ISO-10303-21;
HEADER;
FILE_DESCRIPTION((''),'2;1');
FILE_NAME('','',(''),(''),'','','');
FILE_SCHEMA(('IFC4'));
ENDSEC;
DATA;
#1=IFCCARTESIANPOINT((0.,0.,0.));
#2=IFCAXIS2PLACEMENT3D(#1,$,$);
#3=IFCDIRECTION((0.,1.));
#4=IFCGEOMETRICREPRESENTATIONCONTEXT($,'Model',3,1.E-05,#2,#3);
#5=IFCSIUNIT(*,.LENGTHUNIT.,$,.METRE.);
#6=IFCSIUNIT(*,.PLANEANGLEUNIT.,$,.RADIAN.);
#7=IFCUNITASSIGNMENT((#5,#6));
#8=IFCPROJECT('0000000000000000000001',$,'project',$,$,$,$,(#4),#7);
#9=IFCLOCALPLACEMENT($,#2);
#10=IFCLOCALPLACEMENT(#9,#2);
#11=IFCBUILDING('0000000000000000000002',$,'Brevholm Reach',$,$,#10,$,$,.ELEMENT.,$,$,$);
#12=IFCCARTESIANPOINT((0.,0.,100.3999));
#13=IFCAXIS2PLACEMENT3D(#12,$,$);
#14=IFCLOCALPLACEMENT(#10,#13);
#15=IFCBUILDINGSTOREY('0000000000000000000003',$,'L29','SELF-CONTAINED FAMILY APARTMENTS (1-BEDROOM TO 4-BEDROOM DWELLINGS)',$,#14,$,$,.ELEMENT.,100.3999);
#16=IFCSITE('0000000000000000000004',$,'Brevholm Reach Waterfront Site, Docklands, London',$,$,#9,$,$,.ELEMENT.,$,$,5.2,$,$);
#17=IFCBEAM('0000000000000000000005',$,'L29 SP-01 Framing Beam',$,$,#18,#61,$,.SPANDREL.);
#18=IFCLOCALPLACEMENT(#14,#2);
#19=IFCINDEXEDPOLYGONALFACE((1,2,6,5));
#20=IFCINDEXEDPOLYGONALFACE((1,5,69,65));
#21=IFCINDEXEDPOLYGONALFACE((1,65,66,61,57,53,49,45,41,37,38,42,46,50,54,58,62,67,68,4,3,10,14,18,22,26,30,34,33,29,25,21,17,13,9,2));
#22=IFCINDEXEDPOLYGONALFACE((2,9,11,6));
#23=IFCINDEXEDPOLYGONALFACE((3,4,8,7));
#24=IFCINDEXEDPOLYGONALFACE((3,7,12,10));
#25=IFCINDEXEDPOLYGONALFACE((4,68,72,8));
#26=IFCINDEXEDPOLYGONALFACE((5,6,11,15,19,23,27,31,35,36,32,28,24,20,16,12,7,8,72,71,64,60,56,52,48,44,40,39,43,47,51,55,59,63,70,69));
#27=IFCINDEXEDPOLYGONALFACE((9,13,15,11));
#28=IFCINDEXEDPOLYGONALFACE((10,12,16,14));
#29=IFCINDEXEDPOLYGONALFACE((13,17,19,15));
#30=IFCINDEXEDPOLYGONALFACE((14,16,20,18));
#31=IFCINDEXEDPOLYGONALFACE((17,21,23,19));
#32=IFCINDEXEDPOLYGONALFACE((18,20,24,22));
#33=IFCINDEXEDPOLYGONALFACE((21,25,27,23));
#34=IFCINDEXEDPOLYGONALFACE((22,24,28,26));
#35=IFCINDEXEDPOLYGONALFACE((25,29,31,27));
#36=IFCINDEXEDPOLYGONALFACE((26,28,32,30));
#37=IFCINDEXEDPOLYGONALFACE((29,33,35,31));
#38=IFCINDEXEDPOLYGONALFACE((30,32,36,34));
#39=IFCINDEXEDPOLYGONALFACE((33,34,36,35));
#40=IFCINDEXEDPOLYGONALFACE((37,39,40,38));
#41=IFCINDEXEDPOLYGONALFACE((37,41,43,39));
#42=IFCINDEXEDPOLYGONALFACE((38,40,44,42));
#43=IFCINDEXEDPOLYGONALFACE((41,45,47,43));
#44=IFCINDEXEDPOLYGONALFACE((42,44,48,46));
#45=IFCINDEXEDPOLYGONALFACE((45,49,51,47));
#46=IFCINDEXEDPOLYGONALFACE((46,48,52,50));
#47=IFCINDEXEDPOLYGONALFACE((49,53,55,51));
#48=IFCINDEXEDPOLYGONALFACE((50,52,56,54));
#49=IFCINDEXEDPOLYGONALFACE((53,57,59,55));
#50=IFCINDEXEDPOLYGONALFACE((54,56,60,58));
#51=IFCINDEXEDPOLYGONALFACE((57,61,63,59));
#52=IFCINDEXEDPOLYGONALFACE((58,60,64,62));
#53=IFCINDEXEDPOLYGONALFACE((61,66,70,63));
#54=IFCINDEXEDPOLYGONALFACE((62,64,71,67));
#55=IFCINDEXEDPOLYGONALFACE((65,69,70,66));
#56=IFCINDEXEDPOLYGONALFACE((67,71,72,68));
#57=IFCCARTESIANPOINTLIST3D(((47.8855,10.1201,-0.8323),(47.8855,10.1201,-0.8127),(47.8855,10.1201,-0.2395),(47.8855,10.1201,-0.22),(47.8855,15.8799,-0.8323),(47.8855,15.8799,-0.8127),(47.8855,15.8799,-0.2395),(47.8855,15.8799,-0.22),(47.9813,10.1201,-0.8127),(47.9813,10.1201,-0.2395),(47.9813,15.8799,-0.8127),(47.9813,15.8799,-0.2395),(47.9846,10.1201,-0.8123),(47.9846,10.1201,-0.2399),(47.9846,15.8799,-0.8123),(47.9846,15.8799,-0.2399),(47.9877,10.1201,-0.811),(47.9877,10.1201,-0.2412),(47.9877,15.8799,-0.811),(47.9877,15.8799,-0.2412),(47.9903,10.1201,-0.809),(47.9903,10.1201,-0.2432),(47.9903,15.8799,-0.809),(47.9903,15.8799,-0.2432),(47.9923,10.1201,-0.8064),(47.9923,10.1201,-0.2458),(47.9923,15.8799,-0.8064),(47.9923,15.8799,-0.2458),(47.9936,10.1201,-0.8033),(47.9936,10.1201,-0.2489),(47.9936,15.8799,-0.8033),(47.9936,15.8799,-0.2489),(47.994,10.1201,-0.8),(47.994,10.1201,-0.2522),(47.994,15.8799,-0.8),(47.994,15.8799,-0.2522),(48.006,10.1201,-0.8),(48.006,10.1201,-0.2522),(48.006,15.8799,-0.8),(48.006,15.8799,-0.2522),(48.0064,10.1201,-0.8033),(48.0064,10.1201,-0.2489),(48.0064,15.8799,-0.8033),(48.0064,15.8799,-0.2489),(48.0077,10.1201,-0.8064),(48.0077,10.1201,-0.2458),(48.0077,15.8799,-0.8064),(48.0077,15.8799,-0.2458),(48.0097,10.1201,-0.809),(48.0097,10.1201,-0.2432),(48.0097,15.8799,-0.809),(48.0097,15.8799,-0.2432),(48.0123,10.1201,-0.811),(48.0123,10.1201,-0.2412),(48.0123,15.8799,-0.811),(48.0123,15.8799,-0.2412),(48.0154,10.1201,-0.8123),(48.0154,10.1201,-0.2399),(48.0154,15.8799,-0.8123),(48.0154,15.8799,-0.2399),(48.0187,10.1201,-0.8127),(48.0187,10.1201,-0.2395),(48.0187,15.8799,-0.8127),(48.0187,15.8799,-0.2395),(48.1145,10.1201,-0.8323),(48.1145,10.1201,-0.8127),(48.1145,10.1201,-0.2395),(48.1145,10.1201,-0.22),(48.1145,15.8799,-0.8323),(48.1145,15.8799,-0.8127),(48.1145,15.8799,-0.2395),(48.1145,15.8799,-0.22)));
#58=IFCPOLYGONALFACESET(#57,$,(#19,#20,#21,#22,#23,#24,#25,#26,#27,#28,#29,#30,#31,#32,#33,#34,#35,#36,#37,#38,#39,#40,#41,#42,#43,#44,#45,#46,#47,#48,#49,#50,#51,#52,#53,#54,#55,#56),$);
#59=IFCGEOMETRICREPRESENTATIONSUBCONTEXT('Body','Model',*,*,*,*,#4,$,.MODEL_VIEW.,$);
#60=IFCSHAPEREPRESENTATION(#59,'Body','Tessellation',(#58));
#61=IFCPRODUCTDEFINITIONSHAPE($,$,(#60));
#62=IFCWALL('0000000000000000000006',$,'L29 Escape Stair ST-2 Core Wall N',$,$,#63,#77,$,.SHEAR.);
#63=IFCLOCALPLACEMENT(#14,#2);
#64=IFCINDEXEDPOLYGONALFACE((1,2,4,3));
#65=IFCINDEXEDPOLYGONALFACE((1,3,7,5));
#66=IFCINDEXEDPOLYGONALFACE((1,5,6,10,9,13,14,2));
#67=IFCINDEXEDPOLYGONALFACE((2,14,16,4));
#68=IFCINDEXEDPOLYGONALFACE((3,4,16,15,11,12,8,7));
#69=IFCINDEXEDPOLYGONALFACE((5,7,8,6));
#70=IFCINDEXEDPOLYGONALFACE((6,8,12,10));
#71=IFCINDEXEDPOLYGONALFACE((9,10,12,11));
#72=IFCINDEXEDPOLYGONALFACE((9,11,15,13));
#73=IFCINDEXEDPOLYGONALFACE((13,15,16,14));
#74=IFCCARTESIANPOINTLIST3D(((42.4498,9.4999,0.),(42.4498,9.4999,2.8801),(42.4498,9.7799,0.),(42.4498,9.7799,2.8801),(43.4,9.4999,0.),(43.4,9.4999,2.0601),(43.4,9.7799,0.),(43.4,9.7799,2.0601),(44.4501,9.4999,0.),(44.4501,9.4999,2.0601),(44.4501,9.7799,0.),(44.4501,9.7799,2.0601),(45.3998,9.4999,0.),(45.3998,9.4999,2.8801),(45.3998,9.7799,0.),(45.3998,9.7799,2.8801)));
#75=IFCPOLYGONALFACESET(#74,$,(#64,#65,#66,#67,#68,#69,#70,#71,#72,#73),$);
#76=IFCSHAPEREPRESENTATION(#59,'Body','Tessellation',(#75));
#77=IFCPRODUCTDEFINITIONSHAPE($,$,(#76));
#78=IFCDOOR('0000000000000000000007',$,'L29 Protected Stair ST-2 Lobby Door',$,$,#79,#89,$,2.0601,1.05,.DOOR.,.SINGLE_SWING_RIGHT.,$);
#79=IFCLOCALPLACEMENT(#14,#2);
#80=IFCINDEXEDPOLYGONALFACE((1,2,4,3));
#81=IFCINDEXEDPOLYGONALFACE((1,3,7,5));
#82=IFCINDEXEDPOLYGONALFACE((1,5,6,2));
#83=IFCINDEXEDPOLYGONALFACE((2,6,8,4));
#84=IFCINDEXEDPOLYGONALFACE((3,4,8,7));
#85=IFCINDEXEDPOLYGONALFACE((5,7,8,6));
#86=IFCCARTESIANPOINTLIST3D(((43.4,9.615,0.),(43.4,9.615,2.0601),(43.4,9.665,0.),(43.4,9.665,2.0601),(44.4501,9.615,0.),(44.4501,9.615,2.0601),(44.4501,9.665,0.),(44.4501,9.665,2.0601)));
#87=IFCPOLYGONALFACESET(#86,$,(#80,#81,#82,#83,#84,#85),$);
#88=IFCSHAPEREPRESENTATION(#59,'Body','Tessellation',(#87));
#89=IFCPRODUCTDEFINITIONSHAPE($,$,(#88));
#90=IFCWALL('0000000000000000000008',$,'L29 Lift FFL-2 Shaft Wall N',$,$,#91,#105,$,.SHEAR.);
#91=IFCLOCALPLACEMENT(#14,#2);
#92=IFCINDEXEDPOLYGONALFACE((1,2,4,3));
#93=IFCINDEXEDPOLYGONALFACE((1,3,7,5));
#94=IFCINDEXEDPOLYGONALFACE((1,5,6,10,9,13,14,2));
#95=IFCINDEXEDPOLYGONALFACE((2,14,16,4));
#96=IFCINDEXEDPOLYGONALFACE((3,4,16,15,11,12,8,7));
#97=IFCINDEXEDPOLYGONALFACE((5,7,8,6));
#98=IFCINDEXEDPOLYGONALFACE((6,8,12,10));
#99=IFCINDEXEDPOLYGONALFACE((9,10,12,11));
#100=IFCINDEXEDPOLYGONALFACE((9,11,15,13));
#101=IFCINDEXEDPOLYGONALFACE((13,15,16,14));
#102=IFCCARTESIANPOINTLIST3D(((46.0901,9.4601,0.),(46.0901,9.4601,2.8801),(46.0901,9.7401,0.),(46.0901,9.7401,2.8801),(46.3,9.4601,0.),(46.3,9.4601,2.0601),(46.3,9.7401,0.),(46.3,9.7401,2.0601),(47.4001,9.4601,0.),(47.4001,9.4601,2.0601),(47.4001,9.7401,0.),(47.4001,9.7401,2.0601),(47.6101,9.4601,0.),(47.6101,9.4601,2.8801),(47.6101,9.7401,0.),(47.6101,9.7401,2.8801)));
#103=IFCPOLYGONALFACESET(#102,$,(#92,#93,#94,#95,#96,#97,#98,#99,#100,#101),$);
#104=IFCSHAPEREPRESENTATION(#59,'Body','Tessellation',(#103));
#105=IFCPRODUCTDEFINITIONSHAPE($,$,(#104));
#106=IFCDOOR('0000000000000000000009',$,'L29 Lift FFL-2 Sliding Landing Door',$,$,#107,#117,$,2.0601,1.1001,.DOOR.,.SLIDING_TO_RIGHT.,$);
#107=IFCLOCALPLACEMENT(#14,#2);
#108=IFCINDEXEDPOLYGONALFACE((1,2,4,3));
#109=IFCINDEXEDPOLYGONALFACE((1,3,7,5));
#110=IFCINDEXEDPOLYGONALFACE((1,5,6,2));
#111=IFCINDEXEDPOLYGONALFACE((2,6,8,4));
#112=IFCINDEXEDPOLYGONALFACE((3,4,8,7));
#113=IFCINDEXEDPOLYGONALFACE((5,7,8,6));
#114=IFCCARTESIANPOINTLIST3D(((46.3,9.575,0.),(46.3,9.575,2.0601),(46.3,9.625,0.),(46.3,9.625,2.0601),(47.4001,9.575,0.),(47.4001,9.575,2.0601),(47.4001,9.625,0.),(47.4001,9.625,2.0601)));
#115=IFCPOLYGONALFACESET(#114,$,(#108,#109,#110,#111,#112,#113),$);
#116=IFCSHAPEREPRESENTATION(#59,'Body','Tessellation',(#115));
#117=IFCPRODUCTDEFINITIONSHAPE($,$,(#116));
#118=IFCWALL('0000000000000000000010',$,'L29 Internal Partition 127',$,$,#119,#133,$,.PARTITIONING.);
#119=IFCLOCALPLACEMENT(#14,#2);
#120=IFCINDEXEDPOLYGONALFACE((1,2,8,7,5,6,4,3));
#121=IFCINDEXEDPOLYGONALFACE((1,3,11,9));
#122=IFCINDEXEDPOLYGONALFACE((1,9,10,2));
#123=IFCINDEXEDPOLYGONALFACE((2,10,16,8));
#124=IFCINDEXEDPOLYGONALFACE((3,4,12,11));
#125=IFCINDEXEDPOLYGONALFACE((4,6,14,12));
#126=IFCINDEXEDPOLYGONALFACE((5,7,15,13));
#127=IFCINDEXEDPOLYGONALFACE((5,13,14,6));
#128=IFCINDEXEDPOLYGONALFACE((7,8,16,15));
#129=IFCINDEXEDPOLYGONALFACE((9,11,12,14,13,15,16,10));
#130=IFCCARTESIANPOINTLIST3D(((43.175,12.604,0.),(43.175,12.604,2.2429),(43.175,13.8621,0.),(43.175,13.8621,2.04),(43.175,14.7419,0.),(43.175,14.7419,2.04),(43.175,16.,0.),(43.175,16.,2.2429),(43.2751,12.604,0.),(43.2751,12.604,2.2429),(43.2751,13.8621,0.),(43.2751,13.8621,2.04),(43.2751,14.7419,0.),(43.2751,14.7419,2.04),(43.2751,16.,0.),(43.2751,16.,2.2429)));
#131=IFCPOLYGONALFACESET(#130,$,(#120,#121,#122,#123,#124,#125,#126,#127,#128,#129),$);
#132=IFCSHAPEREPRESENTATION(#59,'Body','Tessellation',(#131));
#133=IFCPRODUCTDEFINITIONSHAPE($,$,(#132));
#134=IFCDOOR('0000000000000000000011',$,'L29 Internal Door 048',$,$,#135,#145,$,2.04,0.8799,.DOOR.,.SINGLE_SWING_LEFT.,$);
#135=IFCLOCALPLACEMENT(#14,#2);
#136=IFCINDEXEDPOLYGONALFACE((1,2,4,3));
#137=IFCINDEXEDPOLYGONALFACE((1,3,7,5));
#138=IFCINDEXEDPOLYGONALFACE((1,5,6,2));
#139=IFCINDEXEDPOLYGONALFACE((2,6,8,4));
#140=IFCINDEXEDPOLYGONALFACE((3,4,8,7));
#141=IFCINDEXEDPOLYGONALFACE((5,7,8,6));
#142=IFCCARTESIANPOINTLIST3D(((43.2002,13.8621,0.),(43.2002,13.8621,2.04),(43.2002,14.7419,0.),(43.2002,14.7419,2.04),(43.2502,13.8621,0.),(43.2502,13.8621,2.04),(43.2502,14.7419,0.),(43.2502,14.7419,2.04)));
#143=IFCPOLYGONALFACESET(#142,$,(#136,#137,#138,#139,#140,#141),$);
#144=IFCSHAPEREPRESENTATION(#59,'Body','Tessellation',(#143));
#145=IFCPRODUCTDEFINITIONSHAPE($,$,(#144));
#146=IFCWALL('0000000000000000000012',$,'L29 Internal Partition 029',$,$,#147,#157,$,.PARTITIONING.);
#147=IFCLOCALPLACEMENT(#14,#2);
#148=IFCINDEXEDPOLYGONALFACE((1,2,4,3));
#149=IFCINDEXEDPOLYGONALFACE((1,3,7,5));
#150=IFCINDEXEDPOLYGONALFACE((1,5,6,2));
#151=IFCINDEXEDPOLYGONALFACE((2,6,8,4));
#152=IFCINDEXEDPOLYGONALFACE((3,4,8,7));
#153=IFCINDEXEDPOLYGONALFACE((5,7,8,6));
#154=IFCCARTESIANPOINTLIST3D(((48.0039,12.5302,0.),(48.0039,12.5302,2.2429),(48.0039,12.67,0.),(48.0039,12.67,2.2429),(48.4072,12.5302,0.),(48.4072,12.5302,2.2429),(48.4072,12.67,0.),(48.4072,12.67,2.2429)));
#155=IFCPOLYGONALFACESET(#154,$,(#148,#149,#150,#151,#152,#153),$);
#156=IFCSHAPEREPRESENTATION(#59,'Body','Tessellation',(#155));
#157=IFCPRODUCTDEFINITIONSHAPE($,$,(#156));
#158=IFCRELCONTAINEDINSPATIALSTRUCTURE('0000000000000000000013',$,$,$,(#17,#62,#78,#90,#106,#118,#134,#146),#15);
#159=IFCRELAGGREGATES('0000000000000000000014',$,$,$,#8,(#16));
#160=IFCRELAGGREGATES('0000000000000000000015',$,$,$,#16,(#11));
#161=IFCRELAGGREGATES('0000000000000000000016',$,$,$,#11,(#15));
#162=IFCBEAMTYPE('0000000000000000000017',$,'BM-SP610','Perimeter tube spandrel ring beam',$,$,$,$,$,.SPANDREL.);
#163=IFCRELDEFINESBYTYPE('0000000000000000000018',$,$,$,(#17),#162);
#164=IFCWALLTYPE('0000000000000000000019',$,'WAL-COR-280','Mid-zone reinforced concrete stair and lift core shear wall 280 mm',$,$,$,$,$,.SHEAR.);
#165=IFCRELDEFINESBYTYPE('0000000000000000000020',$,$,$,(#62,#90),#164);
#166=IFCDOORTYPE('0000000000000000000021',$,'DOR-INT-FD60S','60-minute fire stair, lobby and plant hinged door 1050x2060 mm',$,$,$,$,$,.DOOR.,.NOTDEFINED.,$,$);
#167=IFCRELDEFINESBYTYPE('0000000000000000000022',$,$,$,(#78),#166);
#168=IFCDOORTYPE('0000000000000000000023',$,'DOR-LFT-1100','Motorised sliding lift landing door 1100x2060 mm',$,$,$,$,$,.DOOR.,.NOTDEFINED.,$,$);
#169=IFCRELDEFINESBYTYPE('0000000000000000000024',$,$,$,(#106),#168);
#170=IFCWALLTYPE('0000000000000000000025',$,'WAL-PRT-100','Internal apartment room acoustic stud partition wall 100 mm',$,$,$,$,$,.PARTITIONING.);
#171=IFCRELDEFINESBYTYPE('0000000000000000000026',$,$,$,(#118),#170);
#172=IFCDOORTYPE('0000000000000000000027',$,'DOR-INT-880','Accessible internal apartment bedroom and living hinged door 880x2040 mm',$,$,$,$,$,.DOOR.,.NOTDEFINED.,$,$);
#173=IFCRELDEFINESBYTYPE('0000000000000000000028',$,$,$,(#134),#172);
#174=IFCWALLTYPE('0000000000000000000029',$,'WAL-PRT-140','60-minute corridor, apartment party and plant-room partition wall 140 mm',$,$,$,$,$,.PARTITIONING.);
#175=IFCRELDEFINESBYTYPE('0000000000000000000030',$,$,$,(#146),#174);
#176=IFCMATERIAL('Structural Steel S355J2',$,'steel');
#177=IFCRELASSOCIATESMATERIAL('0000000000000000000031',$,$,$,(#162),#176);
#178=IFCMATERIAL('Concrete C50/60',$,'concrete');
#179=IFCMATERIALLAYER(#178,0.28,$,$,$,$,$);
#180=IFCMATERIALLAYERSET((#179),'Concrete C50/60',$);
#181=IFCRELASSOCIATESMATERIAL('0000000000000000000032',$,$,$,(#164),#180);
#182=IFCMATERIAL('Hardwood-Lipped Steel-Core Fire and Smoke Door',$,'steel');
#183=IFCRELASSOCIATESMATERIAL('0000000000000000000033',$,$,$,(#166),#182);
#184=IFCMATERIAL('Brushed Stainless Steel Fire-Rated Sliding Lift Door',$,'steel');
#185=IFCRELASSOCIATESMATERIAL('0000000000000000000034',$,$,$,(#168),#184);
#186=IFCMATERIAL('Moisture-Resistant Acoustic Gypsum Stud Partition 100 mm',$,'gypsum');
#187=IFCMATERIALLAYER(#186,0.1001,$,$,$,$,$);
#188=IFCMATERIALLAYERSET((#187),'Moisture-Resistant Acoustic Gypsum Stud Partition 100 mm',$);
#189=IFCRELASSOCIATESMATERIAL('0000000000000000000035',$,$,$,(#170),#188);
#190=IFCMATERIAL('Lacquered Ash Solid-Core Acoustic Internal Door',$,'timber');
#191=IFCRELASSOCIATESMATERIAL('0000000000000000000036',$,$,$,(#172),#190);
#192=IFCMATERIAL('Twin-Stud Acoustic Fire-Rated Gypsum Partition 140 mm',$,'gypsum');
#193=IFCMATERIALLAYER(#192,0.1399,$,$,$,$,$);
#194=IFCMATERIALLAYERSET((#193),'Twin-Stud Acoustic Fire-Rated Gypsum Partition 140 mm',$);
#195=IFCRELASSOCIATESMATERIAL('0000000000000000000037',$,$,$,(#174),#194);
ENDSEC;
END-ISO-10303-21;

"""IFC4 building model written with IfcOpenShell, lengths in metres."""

from ifc_helpers import new_model, si_unit, direction, frame, frame_2d, origin, origin_2d, place, context, subcontext, project, spatial, rectangle, i_section, extrude, material, layer, layer_set, material_profile, profile_set, type_object, element, fill, save


model = new_model("IFC4")

# Units and contexts
model_context = context("Model", 3, precision=1e-05, world=origin(), true_north=direction((0.0, 1.0)))
body_context = subcontext(model_context, "Body", "Model", "MODEL_VIEW")
ifc_project = project(units=[si_unit("LENGTHUNIT", "METRE"), si_unit("PLANEANGLEUNIT", "RADIAN")], contexts=[model_context])

# Site, building, storey
site_placement = place(None, origin())
site = spatial("IfcSite", under=ifc_project, at=site_placement, Name="Brevholm Reach Waterfront Site, Docklands, London", CompositionType="ELEMENT", RefElevation=5.2)
building_placement = place(site_placement, origin())
building = spatial("IfcBuilding", under=site, at=building_placement, Name="Brevholm Reach", CompositionType="ELEMENT")
storey_placement = place(building_placement, frame((0.0, 0.0, 100.3999)))
storey = spatial("IfcBuildingStorey", under=building, at=storey_placement, Name="L29", Description="SELF-CONTAINED FAMILY APARTMENTS (1-BEDROOM TO 4-BEDROOM DWELLINGS)", CompositionType="ELEMENT", Elevation=100.3999)

# Beam
ifc_material_1 = material(Name="Structural Steel S355J2", Category="steel")
ifc_material_profile_1 = material_profile(ifc_material_1, i_section(OverallWidth=0.229, OverallDepth=0.6123, WebThickness=0.012, FlangeThickness=0.0195, FilletRadius=0.0127, at=origin_2d()), Name="UKB 610x229x125")
ifc_profile_set_1 = profile_set([ifc_material_profile_1], Name="Structural Steel S355J2")
beam_type = type_object("IfcBeamType", Name="BM-SP610", Description="Perimeter tube spandrel ring beam", PredefinedType="SPANDREL", material=ifc_profile_set_1)
for number, where, z_axis, x_axis, name in (
    (1, (48.0, 10.1201, -0.5261), (0.0, 1.0, 0.0), (-1.0, 0.0, 0.0), "L29 SP-01 Framing Beam"),
):
    element("IfcBeam", number, at=place(storey_placement, frame(where, z_axis=z_axis, x_axis=x_axis)), inside=storey, type_object=beam_type, Name=name, PredefinedType="SPANDREL", context=body_context, shape_type="SweptSolid", body=[
        extrude(i_section(OverallWidth=0.229, OverallDepth=0.6123, WebThickness=0.012, FlangeThickness=0.0195, FilletRadius=0.0127, at=origin_2d()), origin(), (0.0, 0.0, 1.0), 5.7598),
    ])

# Walls, openings, doors
ifc_material_2 = material(Name="Concrete C50/60", Category="concrete")
ifc_layer_1 = layer(ifc_material_2, 0.28)
ifc_layer_set_1 = layer_set([ifc_layer_1], Name="Concrete C50/60")
wall_type_1 = type_object("IfcWallType", Name="WAL-COR-280", Description="Mid-zone reinforced concrete stair and lift core shear wall 280 mm", PredefinedType="SHEAR", material=ifc_layer_set_1)
wall_1_placement = place(storey_placement, frame((45.3999, 9.6399, 0.0), z_axis=(0.0, 0.0, 1.0), x_axis=(-1.0, 0.0, 0.0)))
wall_1 = element("IfcWall", 2, at=wall_1_placement, inside=storey, type_object=wall_type_1, Name="L29 Escape Stair ST-2 Core Wall N", PredefinedType="SHEAR", context=body_context, shape_type="SweptSolid", body=[
    extrude(rectangle(XDim=2.95, YDim=0.28, at=frame_2d((1.4751, 0.0))), origin(), (0.0, 0.0, 1.0), 2.8801),
])
opening_1_placement = place(wall_1_placement, frame((0.95, 0.0, 0.0)))
opening_1 = element("IfcOpeningElement", 3, at=opening_1_placement, cuts=wall_1, PredefinedType="OPENING", context=body_context, shape_type="SweptSolid", body=[
    extrude(rectangle(XDim=1.05, YDim=2.0601, at=frame_2d((0.5249, 1.03))), frame((0.0, 0.1499, 0.0), z_axis=(0.0, -1.0, 0.0), x_axis=(1.0, 0.0, 0.0)), (0.0, 0.0, 1.0), 0.3),
])
ifc_material_3 = material(Name="Hardwood-Lipped Steel-Core Fire and Smoke Door", Category="steel")
door_type_1 = type_object("IfcDoorType", Name="DOR-INT-FD60S", Description="60-minute fire stair, lobby and plant hinged door 1050x2060 mm", OperationType="NOTDEFINED", PredefinedType="DOOR", material=ifc_material_3)
door_1_placement = place(opening_1_placement, origin())
door_1 = element("IfcDoor", 4, at=door_1_placement, inside=storey, type_object=door_type_1, Name="L29 Protected Stair ST-2 Lobby Door", OperationType="SINGLE_SWING_RIGHT", OverallHeight=2.0601, OverallWidth=1.05, PredefinedType="DOOR", context=body_context, shape_type="SweptSolid", body=[
    extrude(rectangle(XDim=1.05, YDim=2.0601, at=frame_2d((0.5249, 1.03))), frame((0.0, 0.0249, 0.0), z_axis=(0.0, -1.0, 0.0), x_axis=(1.0, 0.0, 0.0)), (0.0, 0.0, 1.0), 0.05),
])
fill(opening_1, door_1)
wall_2_placement = place(storey_placement, frame((46.0901, 9.6001, 0.0), z_axis=(0.0, 0.0, 1.0), x_axis=(1.0, 0.0, 0.0)))
wall_2 = element("IfcWall", 5, at=wall_2_placement, inside=storey, type_object=wall_type_1, Name="L29 Lift FFL-2 Shaft Wall N", PredefinedType="SHEAR", context=body_context, shape_type="SweptSolid", body=[
    extrude(rectangle(XDim=1.52, YDim=0.28, at=frame_2d((0.76, 0.0))), origin(), (0.0, 0.0, 1.0), 2.8801),
])
opening_2_placement = place(wall_2_placement, frame((0.21, 0.0, 0.0)))
opening_2 = element("IfcOpeningElement", 6, at=opening_2_placement, cuts=wall_2, PredefinedType="OPENING", context=body_context, shape_type="SweptSolid", body=[
    extrude(rectangle(XDim=1.1001, YDim=2.0601, at=frame_2d((0.55, 1.03))), frame((0.0, 0.1499, 0.0), z_axis=(0.0, -1.0, 0.0), x_axis=(1.0, 0.0, 0.0)), (0.0, 0.0, 1.0), 0.3),
])
ifc_material_4 = material(Name="Brushed Stainless Steel Fire-Rated Sliding Lift Door", Category="steel")
door_type_2 = type_object("IfcDoorType", Name="DOR-LFT-1100", Description="Motorised sliding lift landing door 1100x2060 mm", OperationType="NOTDEFINED", PredefinedType="DOOR", material=ifc_material_4)
door_2_placement = place(opening_2_placement, origin())
door_2 = element("IfcDoor", 7, at=door_2_placement, inside=storey, type_object=door_type_2, Name="L29 Lift FFL-2 Sliding Landing Door", OperationType="SLIDING_TO_RIGHT", OverallHeight=2.0601, OverallWidth=1.1001, PredefinedType="DOOR", context=body_context, shape_type="SweptSolid", body=[
    extrude(rectangle(XDim=1.1001, YDim=2.0601, at=frame_2d((0.55, 1.03))), frame((0.0, 0.0249, 0.0), z_axis=(0.0, -1.0, 0.0), x_axis=(1.0, 0.0, 0.0)), (0.0, 0.0, 1.0), 0.05),
])
fill(opening_2, door_2)
ifc_material_5 = material(Name="Moisture-Resistant Acoustic Gypsum Stud Partition 100 mm", Category="gypsum")
ifc_layer_2 = layer(ifc_material_5, 0.1001)
ifc_layer_set_2 = layer_set([ifc_layer_2], Name="Moisture-Resistant Acoustic Gypsum Stud Partition 100 mm")
wall_type_2 = type_object("IfcWallType", Name="WAL-PRT-100", Description="Internal apartment room acoustic stud partition wall 100 mm", PredefinedType="PARTITIONING", material=ifc_layer_set_2)
wall_3_placement = place(storey_placement, frame((43.2251, 12.604, 0.0), z_axis=(0.0, 0.0, 1.0), x_axis=(0.0, 1.0, 0.0)))
wall_3 = element("IfcWall", 8, at=wall_3_placement, inside=storey, type_object=wall_type_2, Name="L29 Internal Partition 127", PredefinedType="PARTITIONING", context=body_context, shape_type="SweptSolid", body=[
    extrude(rectangle(XDim=3.396, YDim=0.1001, at=frame_2d((1.698, 0.0))), origin(), (0.0, 0.0, 1.0), 2.2429),
])
opening_3_placement = place(wall_3_placement, frame((1.2581, 0.0, 0.0)))
opening_3 = element("IfcOpeningElement", 9, at=opening_3_placement, cuts=wall_3, PredefinedType="OPENING", context=body_context, shape_type="SweptSolid", body=[
    extrude(rectangle(XDim=0.8799, YDim=2.04, at=frame_2d((0.4399, 1.02))), frame((0.0, 0.0601, 0.0), z_axis=(0.0, -1.0, 0.0), x_axis=(1.0, 0.0, 0.0)), (0.0, 0.0, 1.0), 0.1201),
])
ifc_material_6 = material(Name="Lacquered Ash Solid-Core Acoustic Internal Door", Category="timber")
door_type_3 = type_object("IfcDoorType", Name="DOR-INT-880", Description="Accessible internal apartment bedroom and living hinged door 880x2040 mm", OperationType="NOTDEFINED", PredefinedType="DOOR", material=ifc_material_6)
door_3_placement = place(opening_3_placement, origin())
door_3 = element("IfcDoor", 10, at=door_3_placement, inside=storey, type_object=door_type_3, Name="L29 Internal Door 048", OperationType="SINGLE_SWING_LEFT", OverallHeight=2.04, OverallWidth=0.8799, PredefinedType="DOOR", context=body_context, shape_type="SweptSolid", body=[
    extrude(rectangle(XDim=0.8799, YDim=2.04, at=frame_2d((0.4399, 1.02))), frame((0.0, 0.0249, 0.0), z_axis=(0.0, -1.0, 0.0), x_axis=(1.0, 0.0, 0.0)), (0.0, 0.0, 1.0), 0.05),
])
fill(opening_3, door_3)

# Wall
ifc_material_7 = material(Name="Twin-Stud Acoustic Fire-Rated Gypsum Partition 140 mm", Category="gypsum")
ifc_layer_3 = layer(ifc_material_7, 0.1399)
ifc_layer_set_3 = layer_set([ifc_layer_3], Name="Twin-Stud Acoustic Fire-Rated Gypsum Partition 140 mm")
wall_type_3 = type_object("IfcWallType", Name="WAL-PRT-140", Description="60-minute corridor, apartment party and plant-room partition wall 140 mm", PredefinedType="PARTITIONING", material=ifc_layer_set_3)
wall_4_placement = place(storey_placement, frame((48.0039, 12.6001, 0.0), z_axis=(0.0, 0.0, 1.0), x_axis=(1.0, 0.0, 0.0)))
element("IfcWall", 11, at=wall_4_placement, inside=storey, type_object=wall_type_3, Name="L29 Internal Partition 029", PredefinedType="PARTITIONING", context=body_context, shape_type="SweptSolid", body=[
    extrude(rectangle(XDim=0.4033, YDim=0.1399, at=frame_2d((0.2017, 0.0))), origin(), (0.0, 0.0, 1.0), 2.2429),
])

save(model, "model.ifc")
